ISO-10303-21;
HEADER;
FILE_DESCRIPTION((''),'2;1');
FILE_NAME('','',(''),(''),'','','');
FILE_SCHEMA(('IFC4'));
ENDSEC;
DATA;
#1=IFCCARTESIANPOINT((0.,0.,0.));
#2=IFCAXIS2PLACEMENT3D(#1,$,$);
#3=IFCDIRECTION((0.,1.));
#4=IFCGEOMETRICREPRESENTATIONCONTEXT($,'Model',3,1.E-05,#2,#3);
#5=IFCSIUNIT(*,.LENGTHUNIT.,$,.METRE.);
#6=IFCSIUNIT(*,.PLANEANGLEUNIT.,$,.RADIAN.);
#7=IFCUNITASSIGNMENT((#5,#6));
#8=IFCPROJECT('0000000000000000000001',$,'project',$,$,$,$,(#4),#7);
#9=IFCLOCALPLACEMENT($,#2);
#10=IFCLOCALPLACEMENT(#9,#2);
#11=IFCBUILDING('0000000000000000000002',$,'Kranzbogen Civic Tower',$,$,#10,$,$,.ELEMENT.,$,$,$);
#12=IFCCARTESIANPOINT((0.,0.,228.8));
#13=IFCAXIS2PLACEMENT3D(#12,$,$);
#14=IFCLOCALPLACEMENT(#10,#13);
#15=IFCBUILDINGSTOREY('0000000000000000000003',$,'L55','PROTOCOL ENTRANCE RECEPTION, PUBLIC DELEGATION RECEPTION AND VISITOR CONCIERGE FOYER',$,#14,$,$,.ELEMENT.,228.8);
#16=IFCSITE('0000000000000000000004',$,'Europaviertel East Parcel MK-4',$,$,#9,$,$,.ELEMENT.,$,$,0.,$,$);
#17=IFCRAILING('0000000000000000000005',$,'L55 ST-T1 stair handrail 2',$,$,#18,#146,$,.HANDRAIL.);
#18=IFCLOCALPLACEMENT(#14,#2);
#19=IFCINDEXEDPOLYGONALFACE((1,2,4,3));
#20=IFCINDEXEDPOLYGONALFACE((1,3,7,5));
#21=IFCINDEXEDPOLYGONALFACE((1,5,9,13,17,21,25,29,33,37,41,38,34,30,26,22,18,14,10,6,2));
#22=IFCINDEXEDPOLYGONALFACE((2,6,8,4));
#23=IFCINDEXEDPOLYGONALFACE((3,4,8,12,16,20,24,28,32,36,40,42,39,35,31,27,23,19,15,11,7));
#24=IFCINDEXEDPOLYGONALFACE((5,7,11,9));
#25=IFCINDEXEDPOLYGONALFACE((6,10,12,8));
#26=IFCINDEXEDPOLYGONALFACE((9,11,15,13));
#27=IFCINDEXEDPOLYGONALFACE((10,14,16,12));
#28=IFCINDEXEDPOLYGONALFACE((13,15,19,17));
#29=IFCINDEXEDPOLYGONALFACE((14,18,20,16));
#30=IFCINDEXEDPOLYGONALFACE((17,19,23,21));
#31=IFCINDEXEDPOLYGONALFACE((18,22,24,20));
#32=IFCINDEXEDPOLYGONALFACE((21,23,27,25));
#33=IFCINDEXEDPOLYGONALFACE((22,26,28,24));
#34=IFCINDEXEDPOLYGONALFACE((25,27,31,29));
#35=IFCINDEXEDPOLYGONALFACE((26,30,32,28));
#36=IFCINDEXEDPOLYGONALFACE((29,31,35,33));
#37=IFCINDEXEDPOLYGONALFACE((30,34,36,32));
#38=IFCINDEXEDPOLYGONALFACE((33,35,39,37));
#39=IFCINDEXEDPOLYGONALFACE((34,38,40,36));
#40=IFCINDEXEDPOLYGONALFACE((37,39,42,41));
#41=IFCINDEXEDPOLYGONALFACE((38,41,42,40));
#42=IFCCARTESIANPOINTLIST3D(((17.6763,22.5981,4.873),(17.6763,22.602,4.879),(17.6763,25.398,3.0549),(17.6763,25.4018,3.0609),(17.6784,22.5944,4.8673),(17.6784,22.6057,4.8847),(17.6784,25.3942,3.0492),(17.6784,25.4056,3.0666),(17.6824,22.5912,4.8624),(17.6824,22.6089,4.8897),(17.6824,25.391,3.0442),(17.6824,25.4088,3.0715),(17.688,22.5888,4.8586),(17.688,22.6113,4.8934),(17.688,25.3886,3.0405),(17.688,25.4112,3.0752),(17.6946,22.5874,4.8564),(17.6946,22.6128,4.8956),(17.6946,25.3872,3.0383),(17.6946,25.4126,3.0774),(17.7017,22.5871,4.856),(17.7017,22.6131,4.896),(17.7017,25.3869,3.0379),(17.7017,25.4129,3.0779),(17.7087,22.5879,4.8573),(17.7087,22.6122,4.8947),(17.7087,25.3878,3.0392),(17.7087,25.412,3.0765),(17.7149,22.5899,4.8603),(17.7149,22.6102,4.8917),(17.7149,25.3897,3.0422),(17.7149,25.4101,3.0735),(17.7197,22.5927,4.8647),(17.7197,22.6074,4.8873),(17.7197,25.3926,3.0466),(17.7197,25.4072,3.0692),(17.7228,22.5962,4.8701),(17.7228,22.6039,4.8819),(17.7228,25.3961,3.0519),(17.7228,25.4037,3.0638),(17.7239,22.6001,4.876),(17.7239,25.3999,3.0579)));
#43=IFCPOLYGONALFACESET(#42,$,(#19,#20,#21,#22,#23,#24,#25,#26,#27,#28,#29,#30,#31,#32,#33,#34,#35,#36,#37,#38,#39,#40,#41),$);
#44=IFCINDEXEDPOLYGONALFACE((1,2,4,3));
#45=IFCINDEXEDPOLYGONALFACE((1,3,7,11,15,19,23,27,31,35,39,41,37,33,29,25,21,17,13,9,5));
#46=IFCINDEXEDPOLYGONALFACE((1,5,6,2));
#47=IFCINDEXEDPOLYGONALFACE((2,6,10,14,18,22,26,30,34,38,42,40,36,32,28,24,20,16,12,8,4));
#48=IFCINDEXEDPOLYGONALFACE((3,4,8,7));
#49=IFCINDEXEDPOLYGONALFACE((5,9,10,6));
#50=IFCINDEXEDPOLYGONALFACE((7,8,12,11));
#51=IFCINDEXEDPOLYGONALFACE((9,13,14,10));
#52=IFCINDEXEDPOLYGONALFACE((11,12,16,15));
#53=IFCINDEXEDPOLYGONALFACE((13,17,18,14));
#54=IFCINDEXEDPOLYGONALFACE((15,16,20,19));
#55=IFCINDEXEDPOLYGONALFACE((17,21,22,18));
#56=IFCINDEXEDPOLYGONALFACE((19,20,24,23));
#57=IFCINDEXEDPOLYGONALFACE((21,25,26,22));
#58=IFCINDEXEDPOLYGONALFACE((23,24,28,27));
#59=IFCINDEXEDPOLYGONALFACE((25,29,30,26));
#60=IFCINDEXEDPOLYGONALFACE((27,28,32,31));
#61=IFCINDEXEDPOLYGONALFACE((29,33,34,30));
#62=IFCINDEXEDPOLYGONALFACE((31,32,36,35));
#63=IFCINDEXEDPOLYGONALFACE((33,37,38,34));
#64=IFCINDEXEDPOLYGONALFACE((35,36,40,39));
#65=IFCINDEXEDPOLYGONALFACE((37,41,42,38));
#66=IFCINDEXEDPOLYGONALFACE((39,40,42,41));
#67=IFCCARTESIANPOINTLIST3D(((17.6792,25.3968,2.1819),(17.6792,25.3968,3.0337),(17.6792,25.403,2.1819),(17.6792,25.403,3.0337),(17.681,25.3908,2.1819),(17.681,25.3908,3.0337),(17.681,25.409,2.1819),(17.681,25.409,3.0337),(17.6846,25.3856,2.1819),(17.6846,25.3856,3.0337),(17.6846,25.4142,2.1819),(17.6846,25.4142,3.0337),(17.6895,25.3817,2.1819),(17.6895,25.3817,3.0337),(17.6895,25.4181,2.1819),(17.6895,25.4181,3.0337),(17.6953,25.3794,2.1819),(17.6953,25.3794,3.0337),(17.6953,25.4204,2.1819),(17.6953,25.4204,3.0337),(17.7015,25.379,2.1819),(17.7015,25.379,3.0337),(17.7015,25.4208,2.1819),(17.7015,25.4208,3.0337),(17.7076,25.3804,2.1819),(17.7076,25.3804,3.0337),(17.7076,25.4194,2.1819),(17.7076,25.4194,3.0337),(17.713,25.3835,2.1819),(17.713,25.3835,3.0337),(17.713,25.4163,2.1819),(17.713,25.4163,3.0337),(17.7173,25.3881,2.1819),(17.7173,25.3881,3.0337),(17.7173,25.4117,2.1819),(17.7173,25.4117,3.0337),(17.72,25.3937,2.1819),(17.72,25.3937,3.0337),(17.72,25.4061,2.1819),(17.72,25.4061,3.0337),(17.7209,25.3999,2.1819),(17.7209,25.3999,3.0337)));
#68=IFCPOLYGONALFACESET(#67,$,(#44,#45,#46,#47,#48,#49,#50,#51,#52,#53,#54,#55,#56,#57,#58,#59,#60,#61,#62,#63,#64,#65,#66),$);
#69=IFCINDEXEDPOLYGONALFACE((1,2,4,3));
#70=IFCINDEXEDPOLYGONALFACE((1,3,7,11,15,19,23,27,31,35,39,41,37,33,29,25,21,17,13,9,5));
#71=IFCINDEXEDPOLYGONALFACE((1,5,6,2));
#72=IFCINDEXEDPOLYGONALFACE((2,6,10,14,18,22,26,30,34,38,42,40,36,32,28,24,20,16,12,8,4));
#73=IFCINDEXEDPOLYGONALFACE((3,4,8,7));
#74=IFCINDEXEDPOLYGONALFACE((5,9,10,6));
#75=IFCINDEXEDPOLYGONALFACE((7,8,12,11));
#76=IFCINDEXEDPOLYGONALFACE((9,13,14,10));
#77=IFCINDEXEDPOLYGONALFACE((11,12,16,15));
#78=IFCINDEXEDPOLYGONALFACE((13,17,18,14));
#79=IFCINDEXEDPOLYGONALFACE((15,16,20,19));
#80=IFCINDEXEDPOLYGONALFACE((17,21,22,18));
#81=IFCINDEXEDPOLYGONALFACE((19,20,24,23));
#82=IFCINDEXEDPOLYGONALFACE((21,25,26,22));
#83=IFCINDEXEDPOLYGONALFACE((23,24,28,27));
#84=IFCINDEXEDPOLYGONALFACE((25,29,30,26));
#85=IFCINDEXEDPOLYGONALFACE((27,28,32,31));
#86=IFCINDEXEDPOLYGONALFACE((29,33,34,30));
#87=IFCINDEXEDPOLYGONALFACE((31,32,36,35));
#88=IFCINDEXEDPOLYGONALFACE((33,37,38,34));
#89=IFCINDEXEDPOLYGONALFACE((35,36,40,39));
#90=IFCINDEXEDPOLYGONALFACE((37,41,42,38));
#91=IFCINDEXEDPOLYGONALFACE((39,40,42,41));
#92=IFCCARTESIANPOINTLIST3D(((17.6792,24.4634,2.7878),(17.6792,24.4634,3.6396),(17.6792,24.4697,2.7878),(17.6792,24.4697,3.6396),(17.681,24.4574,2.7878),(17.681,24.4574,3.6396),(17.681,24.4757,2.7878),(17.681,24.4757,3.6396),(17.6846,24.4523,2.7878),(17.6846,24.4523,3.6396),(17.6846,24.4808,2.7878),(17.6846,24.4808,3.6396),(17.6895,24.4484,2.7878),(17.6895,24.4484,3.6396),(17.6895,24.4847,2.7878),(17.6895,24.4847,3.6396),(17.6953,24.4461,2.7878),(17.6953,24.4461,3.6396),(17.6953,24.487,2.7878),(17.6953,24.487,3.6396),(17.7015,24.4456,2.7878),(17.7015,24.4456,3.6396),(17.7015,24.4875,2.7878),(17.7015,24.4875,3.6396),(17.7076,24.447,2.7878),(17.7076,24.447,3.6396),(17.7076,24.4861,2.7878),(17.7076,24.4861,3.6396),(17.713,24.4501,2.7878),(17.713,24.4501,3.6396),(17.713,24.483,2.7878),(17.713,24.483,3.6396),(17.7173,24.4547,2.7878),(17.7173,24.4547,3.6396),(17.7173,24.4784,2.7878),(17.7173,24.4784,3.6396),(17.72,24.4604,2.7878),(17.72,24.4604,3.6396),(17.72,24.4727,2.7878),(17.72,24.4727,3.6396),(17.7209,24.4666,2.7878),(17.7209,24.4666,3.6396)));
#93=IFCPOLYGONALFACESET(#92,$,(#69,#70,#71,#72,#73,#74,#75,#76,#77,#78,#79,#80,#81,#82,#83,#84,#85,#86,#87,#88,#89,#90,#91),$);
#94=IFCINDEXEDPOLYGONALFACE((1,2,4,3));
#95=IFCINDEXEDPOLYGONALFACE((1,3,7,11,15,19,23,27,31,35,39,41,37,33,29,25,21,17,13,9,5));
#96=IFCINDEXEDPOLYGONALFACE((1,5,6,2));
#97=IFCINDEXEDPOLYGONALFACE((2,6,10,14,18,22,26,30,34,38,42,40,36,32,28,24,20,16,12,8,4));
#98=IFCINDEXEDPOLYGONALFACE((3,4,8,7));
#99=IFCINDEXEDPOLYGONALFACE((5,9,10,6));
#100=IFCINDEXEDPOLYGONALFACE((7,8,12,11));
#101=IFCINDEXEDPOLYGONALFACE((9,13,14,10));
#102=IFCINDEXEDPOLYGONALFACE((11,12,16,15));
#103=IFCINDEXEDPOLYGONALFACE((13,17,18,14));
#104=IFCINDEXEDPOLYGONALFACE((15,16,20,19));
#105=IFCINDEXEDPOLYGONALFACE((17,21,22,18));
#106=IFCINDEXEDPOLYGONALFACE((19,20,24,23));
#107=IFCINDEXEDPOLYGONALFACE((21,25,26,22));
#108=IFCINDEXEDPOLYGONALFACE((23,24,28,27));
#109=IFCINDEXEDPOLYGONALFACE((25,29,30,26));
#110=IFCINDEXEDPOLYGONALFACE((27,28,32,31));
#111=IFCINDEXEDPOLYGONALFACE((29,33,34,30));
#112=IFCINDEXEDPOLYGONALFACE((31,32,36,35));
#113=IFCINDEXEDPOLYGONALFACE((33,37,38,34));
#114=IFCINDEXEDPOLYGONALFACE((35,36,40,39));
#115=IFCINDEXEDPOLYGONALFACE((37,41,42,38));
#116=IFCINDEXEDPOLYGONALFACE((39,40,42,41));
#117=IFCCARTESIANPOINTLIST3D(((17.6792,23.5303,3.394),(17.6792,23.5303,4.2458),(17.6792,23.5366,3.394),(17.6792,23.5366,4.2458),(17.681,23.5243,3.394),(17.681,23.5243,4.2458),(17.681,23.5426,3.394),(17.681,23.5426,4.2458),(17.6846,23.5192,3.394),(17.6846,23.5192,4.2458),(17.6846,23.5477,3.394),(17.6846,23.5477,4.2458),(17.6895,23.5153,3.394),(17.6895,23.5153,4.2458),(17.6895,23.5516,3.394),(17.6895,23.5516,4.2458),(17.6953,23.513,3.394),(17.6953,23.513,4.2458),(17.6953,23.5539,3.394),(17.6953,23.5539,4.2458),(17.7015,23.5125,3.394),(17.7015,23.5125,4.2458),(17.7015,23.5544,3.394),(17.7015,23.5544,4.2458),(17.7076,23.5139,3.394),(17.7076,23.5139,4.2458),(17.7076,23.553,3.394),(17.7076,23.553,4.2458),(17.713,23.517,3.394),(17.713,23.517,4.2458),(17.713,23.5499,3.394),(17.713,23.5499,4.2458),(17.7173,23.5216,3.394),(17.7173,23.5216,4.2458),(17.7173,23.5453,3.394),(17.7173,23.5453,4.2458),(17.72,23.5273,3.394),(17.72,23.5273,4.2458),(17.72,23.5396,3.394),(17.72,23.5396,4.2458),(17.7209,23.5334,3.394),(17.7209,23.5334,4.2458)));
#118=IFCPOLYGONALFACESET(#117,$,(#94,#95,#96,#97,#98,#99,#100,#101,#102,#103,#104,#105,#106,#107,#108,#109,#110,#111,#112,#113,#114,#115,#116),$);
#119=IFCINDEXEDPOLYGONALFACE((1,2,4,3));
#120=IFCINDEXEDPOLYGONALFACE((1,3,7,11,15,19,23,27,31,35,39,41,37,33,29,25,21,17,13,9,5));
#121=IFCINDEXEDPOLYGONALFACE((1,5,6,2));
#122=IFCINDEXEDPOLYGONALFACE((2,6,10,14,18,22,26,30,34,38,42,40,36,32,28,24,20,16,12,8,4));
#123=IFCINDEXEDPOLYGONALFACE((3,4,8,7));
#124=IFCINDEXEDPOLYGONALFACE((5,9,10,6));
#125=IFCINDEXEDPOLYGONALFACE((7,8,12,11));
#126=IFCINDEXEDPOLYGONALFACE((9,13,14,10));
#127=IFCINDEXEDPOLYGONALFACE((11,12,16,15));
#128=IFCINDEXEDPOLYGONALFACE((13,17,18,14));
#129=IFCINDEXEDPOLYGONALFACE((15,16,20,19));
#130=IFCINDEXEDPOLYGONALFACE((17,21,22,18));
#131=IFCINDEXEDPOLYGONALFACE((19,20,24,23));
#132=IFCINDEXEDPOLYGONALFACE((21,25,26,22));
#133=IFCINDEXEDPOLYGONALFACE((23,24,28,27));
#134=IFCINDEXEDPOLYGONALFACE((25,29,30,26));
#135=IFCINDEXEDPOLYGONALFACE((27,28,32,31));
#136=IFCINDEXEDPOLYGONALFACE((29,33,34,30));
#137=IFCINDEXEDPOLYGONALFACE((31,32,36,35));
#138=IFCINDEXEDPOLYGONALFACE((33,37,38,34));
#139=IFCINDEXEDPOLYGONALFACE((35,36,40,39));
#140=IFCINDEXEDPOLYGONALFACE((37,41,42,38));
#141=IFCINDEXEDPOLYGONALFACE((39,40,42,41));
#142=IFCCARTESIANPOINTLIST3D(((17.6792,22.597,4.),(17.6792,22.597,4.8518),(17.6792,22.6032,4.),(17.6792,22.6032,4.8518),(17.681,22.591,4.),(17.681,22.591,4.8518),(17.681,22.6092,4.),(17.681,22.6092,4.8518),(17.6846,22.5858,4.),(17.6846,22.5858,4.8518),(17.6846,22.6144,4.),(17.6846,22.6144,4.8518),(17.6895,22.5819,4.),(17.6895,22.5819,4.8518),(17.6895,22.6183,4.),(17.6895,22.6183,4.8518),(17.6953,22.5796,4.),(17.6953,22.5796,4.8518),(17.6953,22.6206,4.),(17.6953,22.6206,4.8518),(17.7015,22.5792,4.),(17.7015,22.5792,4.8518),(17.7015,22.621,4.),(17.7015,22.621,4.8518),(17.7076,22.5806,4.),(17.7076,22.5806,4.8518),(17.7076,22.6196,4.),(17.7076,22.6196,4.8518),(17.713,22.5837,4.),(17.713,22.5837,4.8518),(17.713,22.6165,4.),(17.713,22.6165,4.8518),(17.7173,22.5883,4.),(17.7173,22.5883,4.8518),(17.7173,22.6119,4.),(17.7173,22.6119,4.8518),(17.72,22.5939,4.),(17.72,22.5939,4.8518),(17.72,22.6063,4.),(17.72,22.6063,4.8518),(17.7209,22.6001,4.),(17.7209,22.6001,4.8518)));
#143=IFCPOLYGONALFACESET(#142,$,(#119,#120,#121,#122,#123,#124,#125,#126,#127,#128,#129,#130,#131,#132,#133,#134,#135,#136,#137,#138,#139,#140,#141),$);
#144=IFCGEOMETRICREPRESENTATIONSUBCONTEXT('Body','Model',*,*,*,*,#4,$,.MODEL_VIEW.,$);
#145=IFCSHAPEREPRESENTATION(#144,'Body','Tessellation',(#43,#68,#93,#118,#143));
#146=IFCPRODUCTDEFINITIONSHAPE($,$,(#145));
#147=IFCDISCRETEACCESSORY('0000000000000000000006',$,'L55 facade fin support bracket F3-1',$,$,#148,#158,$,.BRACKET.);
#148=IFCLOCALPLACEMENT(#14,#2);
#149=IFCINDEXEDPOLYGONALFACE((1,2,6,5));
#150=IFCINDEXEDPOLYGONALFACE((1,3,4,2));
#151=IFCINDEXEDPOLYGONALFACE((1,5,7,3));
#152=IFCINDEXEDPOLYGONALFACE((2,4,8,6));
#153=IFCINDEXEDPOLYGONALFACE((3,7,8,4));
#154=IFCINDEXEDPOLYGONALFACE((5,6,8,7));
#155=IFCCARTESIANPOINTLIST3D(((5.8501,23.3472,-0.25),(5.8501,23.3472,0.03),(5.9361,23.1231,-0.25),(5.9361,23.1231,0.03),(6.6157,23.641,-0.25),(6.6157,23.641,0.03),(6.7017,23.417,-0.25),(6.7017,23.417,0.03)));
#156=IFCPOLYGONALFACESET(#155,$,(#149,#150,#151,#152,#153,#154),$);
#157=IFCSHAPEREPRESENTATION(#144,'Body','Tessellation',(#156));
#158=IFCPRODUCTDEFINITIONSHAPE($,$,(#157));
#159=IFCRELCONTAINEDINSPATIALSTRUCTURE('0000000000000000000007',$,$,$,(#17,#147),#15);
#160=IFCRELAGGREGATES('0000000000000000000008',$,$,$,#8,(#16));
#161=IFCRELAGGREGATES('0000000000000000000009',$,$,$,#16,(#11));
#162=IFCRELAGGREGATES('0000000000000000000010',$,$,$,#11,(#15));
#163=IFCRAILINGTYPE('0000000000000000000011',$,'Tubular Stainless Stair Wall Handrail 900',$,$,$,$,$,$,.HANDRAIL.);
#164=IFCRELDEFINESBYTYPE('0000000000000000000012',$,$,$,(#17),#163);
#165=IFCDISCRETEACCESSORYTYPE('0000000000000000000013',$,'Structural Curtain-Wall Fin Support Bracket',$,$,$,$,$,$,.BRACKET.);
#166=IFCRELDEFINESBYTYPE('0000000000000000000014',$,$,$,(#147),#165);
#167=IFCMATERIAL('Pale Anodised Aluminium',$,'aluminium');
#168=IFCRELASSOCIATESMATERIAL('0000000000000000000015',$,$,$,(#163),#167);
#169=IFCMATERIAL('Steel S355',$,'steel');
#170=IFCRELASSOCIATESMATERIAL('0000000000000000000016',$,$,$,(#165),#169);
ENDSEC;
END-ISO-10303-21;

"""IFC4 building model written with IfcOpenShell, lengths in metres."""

from ifc_helpers import new_model, si_unit, direction, frame, origin, origin_2d, place, context, subcontext, project, spatial, rectangle, circle, extrude, material, type_object, element, save


model = new_model("IFC4")

# Units and contexts
model_context = context("Model", 3, precision=1e-05, world=origin(), true_north=direction((0.0, 1.0)))
body_context = subcontext(model_context, "Body", "Model", "MODEL_VIEW")
ifc_project = project(units=[si_unit("LENGTHUNIT", "METRE"), si_unit("PLANEANGLEUNIT", "RADIAN")], contexts=[model_context])

# Site, building, storey
site_placement = place(None, origin())
site = spatial("IfcSite", under=ifc_project, at=site_placement, Name="Europaviertel East Parcel MK-4", CompositionType="ELEMENT", RefElevation=0.0)
building_placement = place(site_placement, origin())
building = spatial("IfcBuilding", under=site, at=building_placement, Name="Kranzbogen Civic Tower", CompositionType="ELEMENT")
storey_placement = place(building_placement, frame((0.0, 0.0, 228.8)))
storey = spatial("IfcBuildingStorey", under=building, at=storey_placement, Name="L55", Description="PROTOCOL ENTRANCE RECEPTION, PUBLIC DELEGATION RECEPTION AND VISITOR CONCIERGE FOYER", CompositionType="ELEMENT", Elevation=228.8)

# Shared definitions
ifc_material_1 = material(Name="Steel S355", Category="steel")

# Shared definitions
ifc_material_2 = material(Name="Pale Anodised Aluminium", Category="aluminium")

# Railing
railing_type_1 = type_object("IfcRailingType", Name="Tubular Stainless Stair Wall Handrail 900", PredefinedType="HANDRAIL", material=ifc_material_2)
railing_1_placement = place(storey_placement, frame((17.7, 25.3999, 2.1819)))
element("IfcRailing", 1, at=railing_1_placement, inside=storey, type_object=railing_type_1, Name="L55 ST-T1 stair handrail 2", PredefinedType="HANDRAIL", context=body_context, shape_type="SweptSolid", body=[
    extrude(circle(Radius=0.0239, at=origin_2d()), frame((0.0, 0.0, 0.876), z_axis=(0.0, -0.838684, 0.544618), x_axis=(1.0, 0.0, 0.0)), (0.0, 0.0, 1.0), 3.3384),
    extrude(circle(Radius=0.021, at=origin_2d()), origin(), (0.0, 0.0, 1.0), 0.8518),
    extrude(circle(Radius=0.021, at=origin_2d()), frame((0.0, -0.9333, 0.606)), (0.0, 0.0, 1.0), 0.8518),
    extrude(circle(Radius=0.021, at=origin_2d()), frame((0.0, -1.8665, 1.2122)), (0.0, 0.0, 1.0), 0.8518),
    extrude(circle(Radius=0.021, at=origin_2d()), frame((0.0, -2.7998, 1.8181)), (0.0, 0.0, 1.0), 0.8518),
])

# Discrete accessory
discrete_accessory_type = type_object("IfcDiscreteAccessoryType", Name="Structural Curtain-Wall Fin Support Bracket", PredefinedType="BRACKET", material=ifc_material_1)
discrete_accessory_placement = place(storey_placement, frame((6.2759, 23.3821, -0.25), z_axis=(0.0, 0.0, 1.0), x_axis=(-0.93358, -0.358368, 0.0)))
element("IfcDiscreteAccessory", 2, at=discrete_accessory_placement, inside=storey, type_object=discrete_accessory_type, Name="L55 facade fin support bracket F3-1", PredefinedType="BRACKET", context=body_context, shape_type="SweptSolid", body=[
    extrude(rectangle(XDim=0.8201, YDim=0.24, at=origin_2d()), origin(), (0.0, 0.0, 1.0), 0.28),
])

save(model, "model.ifc")
